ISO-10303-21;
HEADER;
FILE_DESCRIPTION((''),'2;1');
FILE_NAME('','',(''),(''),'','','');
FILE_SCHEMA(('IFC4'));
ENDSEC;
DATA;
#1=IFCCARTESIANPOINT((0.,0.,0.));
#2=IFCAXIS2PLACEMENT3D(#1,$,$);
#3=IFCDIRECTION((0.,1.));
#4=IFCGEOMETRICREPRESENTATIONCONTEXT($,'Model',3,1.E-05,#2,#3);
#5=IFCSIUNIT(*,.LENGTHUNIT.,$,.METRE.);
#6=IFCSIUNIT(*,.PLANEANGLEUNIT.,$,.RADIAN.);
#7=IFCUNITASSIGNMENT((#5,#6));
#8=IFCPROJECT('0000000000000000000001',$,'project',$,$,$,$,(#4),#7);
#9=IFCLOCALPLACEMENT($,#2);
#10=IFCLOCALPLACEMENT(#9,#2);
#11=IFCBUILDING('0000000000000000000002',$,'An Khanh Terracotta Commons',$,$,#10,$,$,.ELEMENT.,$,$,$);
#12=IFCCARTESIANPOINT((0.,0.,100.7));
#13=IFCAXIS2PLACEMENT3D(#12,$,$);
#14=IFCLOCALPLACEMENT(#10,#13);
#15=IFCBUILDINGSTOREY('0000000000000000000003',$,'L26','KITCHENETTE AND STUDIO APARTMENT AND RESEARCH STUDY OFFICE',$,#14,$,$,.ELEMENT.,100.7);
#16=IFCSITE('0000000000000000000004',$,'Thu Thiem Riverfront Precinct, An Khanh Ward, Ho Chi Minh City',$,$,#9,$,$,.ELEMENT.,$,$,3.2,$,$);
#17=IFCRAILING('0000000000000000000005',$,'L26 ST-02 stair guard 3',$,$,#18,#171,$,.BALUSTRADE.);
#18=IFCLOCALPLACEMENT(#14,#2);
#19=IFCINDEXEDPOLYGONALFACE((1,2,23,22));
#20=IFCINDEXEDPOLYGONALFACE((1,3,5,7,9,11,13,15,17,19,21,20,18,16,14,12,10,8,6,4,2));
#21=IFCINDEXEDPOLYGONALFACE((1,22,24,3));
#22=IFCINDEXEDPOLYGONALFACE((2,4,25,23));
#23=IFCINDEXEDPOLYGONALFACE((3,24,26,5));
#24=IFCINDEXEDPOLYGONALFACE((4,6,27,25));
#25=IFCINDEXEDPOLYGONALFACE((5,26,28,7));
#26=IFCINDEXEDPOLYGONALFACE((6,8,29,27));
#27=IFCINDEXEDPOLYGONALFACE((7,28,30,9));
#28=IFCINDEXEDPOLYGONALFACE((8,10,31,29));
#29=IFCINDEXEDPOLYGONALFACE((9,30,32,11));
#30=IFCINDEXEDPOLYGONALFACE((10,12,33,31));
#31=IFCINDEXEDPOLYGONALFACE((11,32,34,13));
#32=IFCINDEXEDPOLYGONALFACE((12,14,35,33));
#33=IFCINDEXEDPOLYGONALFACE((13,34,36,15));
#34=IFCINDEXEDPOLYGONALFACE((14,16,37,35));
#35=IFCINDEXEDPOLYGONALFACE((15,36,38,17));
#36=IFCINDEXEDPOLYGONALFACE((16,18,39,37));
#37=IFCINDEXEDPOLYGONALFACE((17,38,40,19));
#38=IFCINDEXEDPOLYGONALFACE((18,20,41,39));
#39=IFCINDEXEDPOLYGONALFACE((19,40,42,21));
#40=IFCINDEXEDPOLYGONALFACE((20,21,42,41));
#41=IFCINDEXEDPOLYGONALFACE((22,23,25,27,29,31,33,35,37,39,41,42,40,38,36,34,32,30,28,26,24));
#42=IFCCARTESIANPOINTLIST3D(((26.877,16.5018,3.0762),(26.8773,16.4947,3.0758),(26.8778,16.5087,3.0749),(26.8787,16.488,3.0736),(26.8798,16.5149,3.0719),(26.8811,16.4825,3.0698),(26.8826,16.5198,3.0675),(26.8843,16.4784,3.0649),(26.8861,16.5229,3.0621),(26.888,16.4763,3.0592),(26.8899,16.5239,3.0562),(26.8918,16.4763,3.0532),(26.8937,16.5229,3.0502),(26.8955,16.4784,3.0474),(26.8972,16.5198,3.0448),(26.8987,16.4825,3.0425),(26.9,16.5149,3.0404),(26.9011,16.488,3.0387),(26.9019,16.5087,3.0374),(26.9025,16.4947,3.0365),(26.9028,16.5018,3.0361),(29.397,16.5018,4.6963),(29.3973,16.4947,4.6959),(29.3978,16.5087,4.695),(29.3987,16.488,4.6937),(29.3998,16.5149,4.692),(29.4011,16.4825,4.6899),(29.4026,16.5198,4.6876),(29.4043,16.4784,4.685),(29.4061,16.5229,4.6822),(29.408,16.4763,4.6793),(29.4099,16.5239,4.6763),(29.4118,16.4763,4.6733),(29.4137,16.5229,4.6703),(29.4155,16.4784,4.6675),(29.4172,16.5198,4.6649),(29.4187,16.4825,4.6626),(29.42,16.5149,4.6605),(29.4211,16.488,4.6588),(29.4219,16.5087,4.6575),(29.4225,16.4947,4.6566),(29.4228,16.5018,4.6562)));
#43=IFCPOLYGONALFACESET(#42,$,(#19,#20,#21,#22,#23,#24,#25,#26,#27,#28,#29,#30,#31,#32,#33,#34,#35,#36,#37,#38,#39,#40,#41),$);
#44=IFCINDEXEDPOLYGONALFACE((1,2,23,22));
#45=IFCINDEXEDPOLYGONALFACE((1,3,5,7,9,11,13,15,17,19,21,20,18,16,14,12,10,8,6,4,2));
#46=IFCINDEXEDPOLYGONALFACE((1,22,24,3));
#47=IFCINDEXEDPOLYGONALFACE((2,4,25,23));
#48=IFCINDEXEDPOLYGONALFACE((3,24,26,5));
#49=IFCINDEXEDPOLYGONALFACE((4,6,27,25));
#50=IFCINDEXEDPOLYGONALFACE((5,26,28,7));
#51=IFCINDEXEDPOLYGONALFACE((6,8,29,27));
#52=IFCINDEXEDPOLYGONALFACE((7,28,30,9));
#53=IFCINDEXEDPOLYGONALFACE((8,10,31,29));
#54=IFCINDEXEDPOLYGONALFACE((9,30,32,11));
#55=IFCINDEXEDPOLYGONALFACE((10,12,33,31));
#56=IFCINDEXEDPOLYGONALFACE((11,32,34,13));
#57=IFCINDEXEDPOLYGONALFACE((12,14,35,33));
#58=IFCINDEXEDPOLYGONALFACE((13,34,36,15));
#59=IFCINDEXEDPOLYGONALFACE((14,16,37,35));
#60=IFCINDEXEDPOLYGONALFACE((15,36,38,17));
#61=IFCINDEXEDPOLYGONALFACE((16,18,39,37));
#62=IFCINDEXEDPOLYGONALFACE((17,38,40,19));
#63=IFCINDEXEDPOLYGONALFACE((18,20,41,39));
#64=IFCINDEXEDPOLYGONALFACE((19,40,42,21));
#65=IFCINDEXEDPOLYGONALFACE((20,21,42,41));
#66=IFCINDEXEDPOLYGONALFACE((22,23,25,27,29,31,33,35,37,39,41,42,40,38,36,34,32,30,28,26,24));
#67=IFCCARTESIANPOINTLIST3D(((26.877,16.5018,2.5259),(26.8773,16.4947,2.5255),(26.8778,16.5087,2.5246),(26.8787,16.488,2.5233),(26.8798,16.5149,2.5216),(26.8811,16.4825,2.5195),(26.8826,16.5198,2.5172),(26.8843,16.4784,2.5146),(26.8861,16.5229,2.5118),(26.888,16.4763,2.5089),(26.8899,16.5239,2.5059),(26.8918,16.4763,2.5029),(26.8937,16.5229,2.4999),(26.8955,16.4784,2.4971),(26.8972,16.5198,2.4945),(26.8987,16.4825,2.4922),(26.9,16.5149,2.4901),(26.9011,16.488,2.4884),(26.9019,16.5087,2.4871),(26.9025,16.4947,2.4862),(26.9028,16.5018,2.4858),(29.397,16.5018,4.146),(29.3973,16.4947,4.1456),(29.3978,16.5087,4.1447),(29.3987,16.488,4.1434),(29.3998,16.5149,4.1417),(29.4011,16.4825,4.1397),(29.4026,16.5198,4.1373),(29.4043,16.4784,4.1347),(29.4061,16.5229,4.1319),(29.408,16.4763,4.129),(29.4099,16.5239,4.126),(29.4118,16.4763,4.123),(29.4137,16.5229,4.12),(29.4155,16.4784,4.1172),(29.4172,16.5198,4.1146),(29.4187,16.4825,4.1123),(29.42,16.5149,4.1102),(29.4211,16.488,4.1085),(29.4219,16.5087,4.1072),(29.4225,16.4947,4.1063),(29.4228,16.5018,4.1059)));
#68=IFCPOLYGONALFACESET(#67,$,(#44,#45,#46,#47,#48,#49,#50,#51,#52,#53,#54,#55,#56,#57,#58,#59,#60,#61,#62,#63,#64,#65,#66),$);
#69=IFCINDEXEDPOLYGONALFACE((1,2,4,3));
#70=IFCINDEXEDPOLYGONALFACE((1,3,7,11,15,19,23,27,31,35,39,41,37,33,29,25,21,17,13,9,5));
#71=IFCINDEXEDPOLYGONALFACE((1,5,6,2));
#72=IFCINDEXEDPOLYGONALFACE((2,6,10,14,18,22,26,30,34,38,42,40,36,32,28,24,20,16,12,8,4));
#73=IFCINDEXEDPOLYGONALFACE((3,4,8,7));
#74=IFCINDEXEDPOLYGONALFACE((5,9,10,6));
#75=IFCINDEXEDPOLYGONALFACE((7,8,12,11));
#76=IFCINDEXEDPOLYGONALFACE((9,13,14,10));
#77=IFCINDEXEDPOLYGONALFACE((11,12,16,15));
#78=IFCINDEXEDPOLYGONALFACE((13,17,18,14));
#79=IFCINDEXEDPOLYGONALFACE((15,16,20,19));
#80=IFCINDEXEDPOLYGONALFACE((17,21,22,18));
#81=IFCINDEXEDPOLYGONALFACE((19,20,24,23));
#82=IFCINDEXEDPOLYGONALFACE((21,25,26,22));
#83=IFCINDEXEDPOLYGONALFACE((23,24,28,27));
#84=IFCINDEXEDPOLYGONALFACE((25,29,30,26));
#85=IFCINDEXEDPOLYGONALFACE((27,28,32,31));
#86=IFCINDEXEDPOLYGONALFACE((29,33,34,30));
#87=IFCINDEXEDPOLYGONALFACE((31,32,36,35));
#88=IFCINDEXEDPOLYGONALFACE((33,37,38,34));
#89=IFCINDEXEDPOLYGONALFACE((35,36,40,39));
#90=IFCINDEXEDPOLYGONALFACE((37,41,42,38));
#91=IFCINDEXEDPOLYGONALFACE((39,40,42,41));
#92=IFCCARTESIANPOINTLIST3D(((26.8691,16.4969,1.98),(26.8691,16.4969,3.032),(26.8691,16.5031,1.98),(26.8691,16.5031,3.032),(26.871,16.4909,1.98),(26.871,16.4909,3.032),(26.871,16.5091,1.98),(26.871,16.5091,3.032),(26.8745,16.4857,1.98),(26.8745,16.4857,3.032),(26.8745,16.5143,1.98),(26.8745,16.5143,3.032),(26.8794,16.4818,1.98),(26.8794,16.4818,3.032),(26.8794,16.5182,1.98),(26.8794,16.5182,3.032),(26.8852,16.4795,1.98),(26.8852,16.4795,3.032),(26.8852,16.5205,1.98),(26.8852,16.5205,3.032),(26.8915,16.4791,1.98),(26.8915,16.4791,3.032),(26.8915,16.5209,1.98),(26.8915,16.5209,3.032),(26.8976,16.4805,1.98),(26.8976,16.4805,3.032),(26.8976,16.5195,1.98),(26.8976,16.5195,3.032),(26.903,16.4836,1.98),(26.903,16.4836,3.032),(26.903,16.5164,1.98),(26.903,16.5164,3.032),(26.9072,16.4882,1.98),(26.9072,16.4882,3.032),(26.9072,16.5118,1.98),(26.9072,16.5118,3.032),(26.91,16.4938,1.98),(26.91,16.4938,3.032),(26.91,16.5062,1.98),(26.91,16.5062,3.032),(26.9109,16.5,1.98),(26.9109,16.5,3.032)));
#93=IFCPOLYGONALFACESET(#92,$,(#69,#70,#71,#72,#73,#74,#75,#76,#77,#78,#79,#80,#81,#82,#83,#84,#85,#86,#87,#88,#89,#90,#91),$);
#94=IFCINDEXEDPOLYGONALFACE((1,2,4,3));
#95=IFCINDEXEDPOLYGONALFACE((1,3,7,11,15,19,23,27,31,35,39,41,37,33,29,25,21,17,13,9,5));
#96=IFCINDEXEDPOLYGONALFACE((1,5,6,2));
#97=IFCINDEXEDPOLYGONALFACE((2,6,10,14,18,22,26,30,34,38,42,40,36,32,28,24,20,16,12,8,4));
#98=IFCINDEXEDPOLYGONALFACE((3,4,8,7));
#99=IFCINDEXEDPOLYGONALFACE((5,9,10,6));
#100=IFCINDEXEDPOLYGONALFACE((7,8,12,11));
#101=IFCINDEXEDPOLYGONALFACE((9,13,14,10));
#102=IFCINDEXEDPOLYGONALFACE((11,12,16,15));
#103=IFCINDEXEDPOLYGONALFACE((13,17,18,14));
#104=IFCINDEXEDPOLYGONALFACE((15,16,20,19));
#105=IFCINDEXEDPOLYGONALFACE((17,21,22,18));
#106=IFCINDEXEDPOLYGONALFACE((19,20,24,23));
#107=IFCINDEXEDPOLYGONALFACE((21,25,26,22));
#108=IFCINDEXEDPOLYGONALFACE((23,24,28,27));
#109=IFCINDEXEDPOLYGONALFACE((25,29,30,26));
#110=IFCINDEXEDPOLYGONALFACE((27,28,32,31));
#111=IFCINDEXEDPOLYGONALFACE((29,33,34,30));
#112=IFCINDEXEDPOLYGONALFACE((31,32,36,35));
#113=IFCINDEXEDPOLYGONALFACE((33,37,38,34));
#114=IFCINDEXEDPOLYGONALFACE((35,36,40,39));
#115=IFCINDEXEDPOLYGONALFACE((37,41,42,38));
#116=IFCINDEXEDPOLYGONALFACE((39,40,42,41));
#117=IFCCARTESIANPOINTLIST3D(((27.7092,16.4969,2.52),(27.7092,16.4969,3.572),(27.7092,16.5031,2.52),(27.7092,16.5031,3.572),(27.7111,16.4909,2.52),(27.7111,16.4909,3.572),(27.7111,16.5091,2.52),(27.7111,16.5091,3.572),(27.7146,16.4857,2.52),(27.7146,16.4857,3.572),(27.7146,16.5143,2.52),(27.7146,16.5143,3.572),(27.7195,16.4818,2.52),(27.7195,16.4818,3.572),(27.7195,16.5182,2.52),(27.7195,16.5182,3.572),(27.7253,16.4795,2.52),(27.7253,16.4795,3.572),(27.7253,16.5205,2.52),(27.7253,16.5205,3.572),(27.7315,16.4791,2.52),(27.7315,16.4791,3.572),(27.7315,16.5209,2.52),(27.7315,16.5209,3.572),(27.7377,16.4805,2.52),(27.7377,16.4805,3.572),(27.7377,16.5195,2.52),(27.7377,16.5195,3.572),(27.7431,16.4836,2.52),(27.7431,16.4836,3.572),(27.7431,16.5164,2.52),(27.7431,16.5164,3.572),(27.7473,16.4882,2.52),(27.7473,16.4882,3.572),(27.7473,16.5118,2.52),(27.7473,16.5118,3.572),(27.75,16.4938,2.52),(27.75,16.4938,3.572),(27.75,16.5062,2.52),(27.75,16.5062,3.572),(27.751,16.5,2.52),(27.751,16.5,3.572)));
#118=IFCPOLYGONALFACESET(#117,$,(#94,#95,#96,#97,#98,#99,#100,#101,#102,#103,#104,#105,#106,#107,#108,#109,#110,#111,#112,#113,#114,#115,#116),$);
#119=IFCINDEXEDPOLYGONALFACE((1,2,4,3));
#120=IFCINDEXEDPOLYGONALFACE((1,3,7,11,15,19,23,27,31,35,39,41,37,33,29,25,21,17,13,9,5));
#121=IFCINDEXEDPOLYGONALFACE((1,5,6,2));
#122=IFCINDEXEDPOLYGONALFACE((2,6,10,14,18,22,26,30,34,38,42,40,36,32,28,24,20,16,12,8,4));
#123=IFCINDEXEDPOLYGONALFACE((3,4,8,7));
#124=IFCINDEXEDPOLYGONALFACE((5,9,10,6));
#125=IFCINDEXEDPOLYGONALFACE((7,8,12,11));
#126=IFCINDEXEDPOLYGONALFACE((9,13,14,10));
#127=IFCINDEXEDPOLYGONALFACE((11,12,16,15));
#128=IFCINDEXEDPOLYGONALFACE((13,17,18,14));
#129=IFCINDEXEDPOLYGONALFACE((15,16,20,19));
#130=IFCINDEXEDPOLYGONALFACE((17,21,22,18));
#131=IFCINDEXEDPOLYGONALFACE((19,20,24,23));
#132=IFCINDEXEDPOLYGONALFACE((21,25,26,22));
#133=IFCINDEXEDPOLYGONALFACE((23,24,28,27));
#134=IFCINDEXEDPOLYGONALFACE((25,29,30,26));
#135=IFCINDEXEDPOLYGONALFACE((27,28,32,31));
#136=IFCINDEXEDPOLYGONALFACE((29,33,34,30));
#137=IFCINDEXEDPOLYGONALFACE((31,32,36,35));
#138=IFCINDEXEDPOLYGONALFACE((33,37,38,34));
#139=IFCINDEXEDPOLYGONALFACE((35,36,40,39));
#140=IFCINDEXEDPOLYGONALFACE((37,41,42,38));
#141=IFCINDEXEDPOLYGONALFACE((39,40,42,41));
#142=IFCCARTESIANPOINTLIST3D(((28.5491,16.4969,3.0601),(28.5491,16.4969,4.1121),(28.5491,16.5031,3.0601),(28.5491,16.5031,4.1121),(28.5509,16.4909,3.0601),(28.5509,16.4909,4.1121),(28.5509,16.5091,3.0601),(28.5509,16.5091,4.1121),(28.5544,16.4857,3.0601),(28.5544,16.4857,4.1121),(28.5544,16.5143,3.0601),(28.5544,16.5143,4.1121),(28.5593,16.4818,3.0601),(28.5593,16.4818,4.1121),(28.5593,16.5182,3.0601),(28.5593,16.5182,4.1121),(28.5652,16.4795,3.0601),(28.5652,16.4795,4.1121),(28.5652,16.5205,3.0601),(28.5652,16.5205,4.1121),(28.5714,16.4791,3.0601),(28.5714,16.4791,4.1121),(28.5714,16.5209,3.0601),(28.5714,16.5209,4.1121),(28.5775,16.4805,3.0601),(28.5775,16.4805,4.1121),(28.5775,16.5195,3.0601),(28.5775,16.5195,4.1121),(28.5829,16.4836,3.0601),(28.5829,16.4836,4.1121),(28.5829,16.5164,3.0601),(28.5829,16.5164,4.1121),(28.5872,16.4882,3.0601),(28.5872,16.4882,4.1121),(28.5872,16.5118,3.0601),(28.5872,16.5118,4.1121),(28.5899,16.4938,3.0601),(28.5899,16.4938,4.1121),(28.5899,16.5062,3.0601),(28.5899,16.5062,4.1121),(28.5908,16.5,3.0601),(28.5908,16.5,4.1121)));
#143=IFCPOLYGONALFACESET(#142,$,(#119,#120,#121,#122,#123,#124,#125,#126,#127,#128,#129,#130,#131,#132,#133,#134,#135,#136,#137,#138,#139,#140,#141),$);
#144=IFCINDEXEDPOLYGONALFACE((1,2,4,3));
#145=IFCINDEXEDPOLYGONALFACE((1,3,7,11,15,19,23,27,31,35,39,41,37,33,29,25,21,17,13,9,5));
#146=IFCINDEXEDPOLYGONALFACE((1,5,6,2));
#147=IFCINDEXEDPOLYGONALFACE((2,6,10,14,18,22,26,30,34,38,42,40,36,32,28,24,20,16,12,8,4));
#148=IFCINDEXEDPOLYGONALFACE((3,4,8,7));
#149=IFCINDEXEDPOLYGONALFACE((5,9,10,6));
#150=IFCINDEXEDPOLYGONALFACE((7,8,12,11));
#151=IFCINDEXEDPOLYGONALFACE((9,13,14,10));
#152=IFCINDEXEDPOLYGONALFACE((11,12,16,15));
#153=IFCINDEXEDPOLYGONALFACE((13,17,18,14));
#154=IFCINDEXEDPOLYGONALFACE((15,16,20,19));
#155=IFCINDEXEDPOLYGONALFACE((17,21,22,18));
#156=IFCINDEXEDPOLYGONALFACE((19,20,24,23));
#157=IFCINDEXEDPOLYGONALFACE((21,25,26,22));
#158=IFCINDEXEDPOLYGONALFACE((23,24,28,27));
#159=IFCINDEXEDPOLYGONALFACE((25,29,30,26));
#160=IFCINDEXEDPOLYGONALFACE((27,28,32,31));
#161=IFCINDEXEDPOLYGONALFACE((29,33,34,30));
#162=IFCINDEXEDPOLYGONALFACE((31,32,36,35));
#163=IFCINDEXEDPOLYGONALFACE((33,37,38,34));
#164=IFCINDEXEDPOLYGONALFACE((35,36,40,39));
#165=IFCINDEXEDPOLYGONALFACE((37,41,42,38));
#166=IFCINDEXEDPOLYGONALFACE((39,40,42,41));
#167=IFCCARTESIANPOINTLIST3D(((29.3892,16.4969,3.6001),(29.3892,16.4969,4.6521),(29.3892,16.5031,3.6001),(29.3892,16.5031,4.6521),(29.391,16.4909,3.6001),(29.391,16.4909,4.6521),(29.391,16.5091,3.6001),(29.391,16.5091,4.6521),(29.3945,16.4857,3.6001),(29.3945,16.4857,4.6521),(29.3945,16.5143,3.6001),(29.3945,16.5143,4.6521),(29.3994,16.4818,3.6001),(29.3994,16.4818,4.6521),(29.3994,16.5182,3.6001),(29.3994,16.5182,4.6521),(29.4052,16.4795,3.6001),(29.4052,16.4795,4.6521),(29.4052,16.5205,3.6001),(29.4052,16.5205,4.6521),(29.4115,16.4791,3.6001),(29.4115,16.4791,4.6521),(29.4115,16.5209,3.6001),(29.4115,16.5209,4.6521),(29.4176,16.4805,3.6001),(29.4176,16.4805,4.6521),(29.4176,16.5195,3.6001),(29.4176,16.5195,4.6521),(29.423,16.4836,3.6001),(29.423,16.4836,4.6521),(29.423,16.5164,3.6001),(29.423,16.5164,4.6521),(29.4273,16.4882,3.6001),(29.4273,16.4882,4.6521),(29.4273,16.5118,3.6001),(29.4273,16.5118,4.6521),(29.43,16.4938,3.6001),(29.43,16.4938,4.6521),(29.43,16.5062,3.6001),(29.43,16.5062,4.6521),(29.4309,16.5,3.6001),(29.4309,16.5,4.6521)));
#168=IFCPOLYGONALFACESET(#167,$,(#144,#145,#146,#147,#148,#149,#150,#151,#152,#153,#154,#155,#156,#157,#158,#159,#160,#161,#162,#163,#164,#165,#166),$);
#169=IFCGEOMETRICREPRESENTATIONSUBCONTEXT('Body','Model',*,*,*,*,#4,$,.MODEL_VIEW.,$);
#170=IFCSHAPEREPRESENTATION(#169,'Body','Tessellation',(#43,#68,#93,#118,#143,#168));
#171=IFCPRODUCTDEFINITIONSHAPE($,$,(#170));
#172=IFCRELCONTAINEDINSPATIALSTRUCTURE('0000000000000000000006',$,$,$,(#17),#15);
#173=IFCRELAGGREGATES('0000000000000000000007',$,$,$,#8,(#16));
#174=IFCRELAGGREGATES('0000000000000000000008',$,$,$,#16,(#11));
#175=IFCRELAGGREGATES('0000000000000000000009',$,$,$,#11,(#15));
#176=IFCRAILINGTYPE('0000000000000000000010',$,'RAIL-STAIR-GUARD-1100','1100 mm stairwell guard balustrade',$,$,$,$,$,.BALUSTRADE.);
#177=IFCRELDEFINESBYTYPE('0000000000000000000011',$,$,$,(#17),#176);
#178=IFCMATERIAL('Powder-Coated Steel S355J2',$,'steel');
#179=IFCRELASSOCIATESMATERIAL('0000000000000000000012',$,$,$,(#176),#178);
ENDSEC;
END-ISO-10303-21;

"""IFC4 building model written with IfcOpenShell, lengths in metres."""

from ifc_helpers import new_model, si_unit, direction, frame, origin, origin_2d, place, context, subcontext, project, spatial, circle, extrude, material, type_object, element, save


model = new_model("IFC4")

# Units and contexts
model_context = context("Model", 3, precision=1e-05, world=origin(), true_north=direction((0.0, 1.0)))
body_context = subcontext(model_context, "Body", "Model", "MODEL_VIEW")
ifc_project = project(units=[si_unit("LENGTHUNIT", "METRE"), si_unit("PLANEANGLEUNIT", "RADIAN")], contexts=[model_context])

# Site, building, storey
site_placement = place(None, origin())
site = spatial("IfcSite", under=ifc_project, at=site_placement, Name="Thu Thiem Riverfront Precinct, An Khanh Ward, Ho Chi Minh City", CompositionType="ELEMENT", RefElevation=3.2)
building_placement = place(site_placement, origin())
building = spatial("IfcBuilding", under=site, at=building_placement, Name="An Khanh Terracotta Commons", CompositionType="ELEMENT")
storey_placement = place(building_placement, frame((0.0, 0.0, 100.7)))
storey = spatial("IfcBuildingStorey", under=building, at=storey_placement, Name="L26", Description="KITCHENETTE AND STUDIO APARTMENT AND RESEARCH STUDY OFFICE", CompositionType="ELEMENT", Elevation=100.7)

# Railing
ifc_material_1 = material(Name="Powder-Coated Steel S355J2", Category="steel")
railing_type_1 = type_object("IfcRailingType", Name="RAIL-STAIR-GUARD-1100", Description="1100 mm stairwell guard balustrade", PredefinedType="BALUSTRADE", material=ifc_material_1)
railing_1_placement = place(storey_placement, frame((26.8899, 16.5, 1.98)))
element("IfcRailing", 1, at=railing_1_placement, inside=storey, type_object=railing_type_1, Name="L26 ST-02 stair guard 3", PredefinedType="BALUSTRADE", context=body_context, shape_type="SweptSolid", body=[
    extrude(circle(Radius=0.0239, at=origin_2d()), frame((0.0, 0.0, 1.0762), z_axis=(0.841163, 0.0, 0.540782), x_axis=(0.0, 1.0, 0.0)), (0.0, 0.0, 1.0), 2.9958),
    extrude(circle(Radius=0.0239, at=origin_2d()), frame((0.0, 0.0, 0.5259), z_axis=(0.841163, 0.0, 0.540782), x_axis=(0.0, 1.0, 0.0)), (0.0, 0.0, 1.0), 2.9958),
    extrude(circle(Radius=0.021, at=origin_2d()), origin(), (0.0, 0.0, 1.0), 1.052),
    extrude(circle(Radius=0.021, at=origin_2d()), frame((0.8401, 0.0, 0.54)), (0.0, 0.0, 1.0), 1.052),
    extrude(circle(Radius=0.021, at=origin_2d()), frame((1.6799, 0.0, 1.0801)), (0.0, 0.0, 1.0), 1.052),
    extrude(circle(Radius=0.021, at=origin_2d()), frame((2.52, 0.0, 1.6201)), (0.0, 0.0, 1.0), 1.052),
])

save(model, "model.ifc")
